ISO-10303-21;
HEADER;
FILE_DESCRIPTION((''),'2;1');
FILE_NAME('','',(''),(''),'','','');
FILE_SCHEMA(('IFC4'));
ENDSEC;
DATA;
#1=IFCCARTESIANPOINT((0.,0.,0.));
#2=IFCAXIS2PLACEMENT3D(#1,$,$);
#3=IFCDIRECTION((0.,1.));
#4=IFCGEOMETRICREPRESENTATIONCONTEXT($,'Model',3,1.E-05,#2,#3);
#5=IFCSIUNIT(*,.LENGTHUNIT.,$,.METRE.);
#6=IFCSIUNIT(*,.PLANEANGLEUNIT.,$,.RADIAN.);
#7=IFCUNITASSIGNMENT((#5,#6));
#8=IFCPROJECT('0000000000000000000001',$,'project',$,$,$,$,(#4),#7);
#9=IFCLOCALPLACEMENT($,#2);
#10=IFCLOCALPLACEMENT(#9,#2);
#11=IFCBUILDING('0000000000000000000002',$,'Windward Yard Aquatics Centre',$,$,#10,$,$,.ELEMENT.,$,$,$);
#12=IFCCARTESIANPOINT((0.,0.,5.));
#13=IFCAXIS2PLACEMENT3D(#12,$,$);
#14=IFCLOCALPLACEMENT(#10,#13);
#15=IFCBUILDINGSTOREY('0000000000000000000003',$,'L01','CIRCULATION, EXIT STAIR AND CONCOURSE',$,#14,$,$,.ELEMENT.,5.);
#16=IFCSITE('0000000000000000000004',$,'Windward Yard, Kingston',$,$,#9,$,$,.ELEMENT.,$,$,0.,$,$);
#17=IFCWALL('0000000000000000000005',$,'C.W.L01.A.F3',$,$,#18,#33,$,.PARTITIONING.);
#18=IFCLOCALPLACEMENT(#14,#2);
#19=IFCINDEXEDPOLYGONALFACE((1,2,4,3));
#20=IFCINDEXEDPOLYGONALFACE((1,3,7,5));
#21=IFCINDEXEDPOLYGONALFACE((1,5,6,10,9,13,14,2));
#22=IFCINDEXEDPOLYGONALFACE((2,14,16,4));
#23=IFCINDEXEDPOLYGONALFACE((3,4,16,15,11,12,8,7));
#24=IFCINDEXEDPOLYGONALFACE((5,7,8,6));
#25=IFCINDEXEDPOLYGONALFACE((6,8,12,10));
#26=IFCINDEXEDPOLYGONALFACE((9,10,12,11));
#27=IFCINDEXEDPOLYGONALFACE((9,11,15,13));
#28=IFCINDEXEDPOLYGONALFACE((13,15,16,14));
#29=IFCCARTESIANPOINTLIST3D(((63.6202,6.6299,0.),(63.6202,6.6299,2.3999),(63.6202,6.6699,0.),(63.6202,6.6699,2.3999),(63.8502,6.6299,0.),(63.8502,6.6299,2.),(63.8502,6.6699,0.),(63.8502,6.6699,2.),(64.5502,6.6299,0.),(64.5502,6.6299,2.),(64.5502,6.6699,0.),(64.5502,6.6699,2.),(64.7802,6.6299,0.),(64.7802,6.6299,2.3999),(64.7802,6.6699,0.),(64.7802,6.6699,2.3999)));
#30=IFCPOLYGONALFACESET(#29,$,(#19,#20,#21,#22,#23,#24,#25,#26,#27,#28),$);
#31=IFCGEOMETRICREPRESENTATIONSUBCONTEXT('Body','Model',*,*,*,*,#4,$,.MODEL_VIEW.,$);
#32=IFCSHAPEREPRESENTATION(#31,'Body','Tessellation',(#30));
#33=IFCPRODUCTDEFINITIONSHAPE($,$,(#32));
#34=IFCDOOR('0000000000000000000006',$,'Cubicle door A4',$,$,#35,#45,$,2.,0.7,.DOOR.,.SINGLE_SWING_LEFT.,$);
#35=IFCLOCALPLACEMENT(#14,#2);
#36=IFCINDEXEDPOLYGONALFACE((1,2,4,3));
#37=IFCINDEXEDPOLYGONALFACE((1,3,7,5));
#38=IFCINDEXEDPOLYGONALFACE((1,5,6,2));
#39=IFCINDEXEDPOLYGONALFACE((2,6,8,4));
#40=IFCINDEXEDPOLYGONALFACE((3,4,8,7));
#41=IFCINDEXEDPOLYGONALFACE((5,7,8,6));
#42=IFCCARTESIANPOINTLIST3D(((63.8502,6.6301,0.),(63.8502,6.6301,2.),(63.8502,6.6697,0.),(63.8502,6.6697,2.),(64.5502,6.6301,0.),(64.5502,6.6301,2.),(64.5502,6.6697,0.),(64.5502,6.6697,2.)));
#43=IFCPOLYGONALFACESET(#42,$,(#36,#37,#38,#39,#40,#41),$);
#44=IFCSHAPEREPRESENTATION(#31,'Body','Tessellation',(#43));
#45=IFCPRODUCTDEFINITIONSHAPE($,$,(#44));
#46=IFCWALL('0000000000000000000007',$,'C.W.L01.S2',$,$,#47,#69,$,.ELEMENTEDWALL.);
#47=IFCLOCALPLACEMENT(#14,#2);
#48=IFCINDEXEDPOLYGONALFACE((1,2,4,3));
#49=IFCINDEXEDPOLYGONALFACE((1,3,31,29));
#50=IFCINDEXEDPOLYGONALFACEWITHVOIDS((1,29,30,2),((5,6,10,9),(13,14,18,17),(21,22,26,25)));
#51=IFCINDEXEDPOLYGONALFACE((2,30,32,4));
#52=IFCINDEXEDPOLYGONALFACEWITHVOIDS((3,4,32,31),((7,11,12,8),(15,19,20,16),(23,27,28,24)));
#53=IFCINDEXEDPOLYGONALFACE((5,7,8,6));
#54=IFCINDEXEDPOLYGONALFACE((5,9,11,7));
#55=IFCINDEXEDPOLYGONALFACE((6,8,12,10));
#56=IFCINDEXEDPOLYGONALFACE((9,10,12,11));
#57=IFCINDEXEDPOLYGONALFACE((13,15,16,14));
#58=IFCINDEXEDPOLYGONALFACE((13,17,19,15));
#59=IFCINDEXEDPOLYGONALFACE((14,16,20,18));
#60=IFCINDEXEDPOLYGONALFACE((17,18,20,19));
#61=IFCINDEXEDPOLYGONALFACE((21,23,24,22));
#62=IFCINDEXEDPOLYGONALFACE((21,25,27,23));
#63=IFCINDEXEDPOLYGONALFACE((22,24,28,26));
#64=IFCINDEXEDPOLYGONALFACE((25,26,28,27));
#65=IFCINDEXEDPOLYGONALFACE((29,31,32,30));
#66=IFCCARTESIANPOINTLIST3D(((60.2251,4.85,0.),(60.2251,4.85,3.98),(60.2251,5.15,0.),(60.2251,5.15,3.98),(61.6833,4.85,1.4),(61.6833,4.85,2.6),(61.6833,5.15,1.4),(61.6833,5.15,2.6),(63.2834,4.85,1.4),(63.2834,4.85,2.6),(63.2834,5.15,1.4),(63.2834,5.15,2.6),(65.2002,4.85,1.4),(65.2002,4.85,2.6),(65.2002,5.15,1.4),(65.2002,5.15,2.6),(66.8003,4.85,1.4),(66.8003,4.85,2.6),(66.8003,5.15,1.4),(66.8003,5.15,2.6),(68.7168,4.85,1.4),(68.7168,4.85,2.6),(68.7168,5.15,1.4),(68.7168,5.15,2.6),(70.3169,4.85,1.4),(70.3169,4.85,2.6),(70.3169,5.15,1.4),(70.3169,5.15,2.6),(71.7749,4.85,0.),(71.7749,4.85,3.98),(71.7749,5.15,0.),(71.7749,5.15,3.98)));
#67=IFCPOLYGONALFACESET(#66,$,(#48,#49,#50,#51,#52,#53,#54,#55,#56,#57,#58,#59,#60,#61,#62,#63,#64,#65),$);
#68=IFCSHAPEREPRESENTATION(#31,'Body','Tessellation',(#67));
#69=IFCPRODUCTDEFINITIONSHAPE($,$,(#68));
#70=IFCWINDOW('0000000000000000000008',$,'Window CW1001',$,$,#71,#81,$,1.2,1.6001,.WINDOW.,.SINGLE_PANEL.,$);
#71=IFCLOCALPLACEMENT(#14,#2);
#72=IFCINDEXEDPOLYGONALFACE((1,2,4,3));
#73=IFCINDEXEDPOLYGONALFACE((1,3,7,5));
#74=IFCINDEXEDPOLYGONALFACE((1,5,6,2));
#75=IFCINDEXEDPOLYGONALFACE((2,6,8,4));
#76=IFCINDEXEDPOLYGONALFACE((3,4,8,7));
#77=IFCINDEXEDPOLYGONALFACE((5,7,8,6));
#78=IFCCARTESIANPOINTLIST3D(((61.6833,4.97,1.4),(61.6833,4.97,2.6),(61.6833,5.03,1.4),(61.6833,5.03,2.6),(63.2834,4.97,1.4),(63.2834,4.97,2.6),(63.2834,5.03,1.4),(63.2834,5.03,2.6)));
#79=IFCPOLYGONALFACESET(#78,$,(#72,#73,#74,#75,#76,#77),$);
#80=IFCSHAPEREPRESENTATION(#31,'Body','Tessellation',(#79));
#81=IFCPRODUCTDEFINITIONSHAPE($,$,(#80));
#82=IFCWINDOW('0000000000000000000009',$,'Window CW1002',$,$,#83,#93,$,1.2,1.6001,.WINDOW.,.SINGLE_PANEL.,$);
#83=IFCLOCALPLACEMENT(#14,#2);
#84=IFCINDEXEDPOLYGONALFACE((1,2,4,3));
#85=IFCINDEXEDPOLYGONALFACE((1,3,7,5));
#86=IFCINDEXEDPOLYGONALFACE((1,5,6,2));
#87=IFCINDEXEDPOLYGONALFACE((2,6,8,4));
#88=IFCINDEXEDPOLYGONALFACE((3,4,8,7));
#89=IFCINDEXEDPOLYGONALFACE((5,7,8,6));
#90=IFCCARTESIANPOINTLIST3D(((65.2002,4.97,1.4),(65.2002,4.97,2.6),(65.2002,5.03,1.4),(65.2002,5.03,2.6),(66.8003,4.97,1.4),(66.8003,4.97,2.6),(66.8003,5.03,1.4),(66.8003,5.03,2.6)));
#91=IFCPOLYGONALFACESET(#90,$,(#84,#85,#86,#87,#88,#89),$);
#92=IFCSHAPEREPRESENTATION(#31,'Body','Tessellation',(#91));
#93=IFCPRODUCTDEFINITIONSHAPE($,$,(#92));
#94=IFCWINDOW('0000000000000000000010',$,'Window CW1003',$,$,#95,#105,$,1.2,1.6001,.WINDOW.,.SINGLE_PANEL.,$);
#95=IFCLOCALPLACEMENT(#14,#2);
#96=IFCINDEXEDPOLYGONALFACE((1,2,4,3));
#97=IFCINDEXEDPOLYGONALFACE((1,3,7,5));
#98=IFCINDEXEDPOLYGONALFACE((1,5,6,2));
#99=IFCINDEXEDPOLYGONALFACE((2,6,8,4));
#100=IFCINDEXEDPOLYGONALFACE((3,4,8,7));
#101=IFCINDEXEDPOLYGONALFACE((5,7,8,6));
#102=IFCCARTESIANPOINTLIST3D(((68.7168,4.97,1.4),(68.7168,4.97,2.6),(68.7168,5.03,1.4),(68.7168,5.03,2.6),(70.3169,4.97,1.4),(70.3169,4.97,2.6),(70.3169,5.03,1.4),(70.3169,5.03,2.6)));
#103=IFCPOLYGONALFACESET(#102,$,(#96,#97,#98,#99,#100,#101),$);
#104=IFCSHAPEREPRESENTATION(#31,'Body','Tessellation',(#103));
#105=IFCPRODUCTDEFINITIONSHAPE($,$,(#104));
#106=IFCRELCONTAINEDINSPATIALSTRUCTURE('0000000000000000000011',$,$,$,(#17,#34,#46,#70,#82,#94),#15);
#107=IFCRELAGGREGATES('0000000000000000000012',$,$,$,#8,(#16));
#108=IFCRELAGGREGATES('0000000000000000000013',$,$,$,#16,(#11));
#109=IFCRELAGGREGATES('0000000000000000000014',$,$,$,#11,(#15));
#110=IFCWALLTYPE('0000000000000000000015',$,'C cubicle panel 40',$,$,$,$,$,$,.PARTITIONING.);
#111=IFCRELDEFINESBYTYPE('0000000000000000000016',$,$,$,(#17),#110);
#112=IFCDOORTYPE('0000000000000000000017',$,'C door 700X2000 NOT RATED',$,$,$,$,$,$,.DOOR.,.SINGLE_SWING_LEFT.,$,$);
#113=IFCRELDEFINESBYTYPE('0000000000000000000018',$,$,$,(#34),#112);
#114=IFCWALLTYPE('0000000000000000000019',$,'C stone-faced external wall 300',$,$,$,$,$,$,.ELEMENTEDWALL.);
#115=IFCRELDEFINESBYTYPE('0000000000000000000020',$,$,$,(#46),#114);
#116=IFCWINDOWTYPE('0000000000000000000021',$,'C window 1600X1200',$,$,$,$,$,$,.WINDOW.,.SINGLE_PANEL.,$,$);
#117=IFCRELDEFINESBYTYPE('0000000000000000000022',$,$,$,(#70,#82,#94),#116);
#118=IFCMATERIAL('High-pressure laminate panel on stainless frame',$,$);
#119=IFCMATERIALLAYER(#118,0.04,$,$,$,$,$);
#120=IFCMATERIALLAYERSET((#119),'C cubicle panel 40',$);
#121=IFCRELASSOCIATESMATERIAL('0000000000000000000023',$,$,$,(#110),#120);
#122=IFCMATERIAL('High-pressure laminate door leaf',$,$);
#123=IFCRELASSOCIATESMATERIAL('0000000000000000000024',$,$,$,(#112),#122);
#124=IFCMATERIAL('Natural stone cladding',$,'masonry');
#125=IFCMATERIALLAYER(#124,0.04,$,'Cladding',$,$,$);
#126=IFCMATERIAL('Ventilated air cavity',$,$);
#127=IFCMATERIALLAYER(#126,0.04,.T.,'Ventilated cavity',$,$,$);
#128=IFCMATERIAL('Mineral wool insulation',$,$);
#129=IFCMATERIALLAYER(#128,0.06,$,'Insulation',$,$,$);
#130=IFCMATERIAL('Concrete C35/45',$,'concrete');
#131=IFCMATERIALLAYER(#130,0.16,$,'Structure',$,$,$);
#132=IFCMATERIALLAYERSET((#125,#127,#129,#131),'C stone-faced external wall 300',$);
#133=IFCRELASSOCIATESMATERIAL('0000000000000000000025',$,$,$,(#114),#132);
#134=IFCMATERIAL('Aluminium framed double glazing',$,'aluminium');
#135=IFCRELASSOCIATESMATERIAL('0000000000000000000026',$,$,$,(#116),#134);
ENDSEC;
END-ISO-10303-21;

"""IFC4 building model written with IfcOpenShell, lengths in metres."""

from ifc_helpers import new_model, si_unit, direction, frame, frame_2d, origin, place, context, subcontext, project, spatial, rectangle, extrude, material, layer, layer_set, type_object, element, fill, save


model = new_model("IFC4")

# Units and contexts
model_context = context("Model", 3, precision=1e-05, world=origin(), true_north=direction((0.0, 1.0)))
body_context = subcontext(model_context, "Body", "Model", "MODEL_VIEW")
ifc_project = project(units=[si_unit("LENGTHUNIT", "METRE"), si_unit("PLANEANGLEUNIT", "RADIAN")], contexts=[model_context])

# Site, building, storey
site_placement = place(None, origin())
site = spatial("IfcSite", under=ifc_project, at=site_placement, Name="Windward Yard, Kingston", CompositionType="ELEMENT", RefElevation=0.0)
building_placement = place(site_placement, origin())
building = spatial("IfcBuilding", under=site, at=building_placement, Name="Windward Yard Aquatics Centre", CompositionType="ELEMENT")
storey_placement = place(building_placement, frame((0.0, 0.0, 5.0)))
storey = spatial("IfcBuildingStorey", under=building, at=storey_placement, Name="L01", Description="CIRCULATION, EXIT STAIR AND CONCOURSE", CompositionType="ELEMENT", Elevation=5.0)

# Shared definitions
ifc_material_1 = material(Name="High-pressure laminate panel on stainless frame")
ifc_layer_1 = layer(ifc_material_1, 0.04)
ifc_layer_set_1 = layer_set([ifc_layer_1], Name="C cubicle panel 40")
wall_type_1 = type_object("IfcWallType", Name="C cubicle panel 40", PredefinedType="PARTITIONING", material=ifc_layer_set_1)

# Wall, opening, door
ifc_material_2 = material(Name="High-pressure laminate door leaf")
door_type = type_object("IfcDoorType", Name="C door 700X2000 NOT RATED", OperationType="SINGLE_SWING_LEFT", PredefinedType="DOOR", material=ifc_material_2)
wall_1_placement = place(storey_placement, frame((63.6201, 6.6499, 0.0), z_axis=(0.0, 0.0, 1.0), x_axis=(1.0, 0.0, 0.0)))
wall_1 = element("IfcWall", 1, at=wall_1_placement, inside=storey, type_object=wall_type_1, Name="C.W.L01.A.F3", PredefinedType="PARTITIONING", context=body_context, shape_type="SweptSolid", body=[
    extrude(rectangle(XDim=1.1599, YDim=0.04, at=frame_2d((0.5801, 0.0))), origin(), (0.0, 0.0, 1.0), 2.3999),
])
opening_1_placement = place(wall_1_placement, frame((0.23, 0.0, 0.0)))
opening_1 = element("IfcOpeningElement", 2, at=opening_1_placement, cuts=wall_1, PredefinedType="OPENING", context=body_context, shape_type="SweptSolid", body=[
    extrude(rectangle(XDim=0.7, YDim=2.0, at=frame_2d((0.3501, 1.0))), frame((0.0, 0.03, 0.0), z_axis=(0.0, -1.0, 0.0), x_axis=(1.0, 0.0, 0.0)), (0.0, 0.0, 1.0), 0.0601),
])
door_1_placement = place(opening_1_placement, origin())
door_1 = element("IfcDoor", 3, at=door_1_placement, inside=storey, type_object=door_type, Name="Cubicle door A4", OperationType="SINGLE_SWING_LEFT", OverallHeight=2.0, OverallWidth=0.7, PredefinedType="DOOR", context=body_context, shape_type="SweptSolid", body=[
    extrude(rectangle(XDim=0.7, YDim=2.0, at=frame_2d((0.3501, 1.0))), frame((0.0, 0.0198, 0.0), z_axis=(0.0, -1.0, 0.0), x_axis=(1.0, 0.0, 0.0)), (0.0, 0.0, 1.0), 0.0396),
])
fill(opening_1, door_1)

# Wall, openings, windows
ifc_material_3 = material(Name="Natural stone cladding", Category="masonry")
ifc_layer_2 = layer(ifc_material_3, 0.04, Name="Cladding")
ifc_material_4 = material(Name="Ventilated air cavity")
ifc_layer_3 = layer(ifc_material_4, 0.04, ventilated=True, Name="Ventilated cavity")
ifc_material_5 = material(Name="Mineral wool insulation")
ifc_layer_4 = layer(ifc_material_5, 0.06, Name="Insulation")
ifc_material_6 = material(Name="Concrete C35/45", Category="concrete")
ifc_layer_5 = layer(ifc_material_6, 0.16, Name="Structure")
ifc_layer_set_2 = layer_set([ifc_layer_2, ifc_layer_3, ifc_layer_4, ifc_layer_5], Name="C stone-faced external wall 300")
wall_type_2 = type_object("IfcWallType", Name="C stone-faced external wall 300", PredefinedType="ELEMENTEDWALL", material=ifc_layer_set_2)
wall_2_placement = place(storey_placement, frame((60.2251, 5.0, 0.0), z_axis=(0.0, 0.0, 1.0), x_axis=(1.0, 0.0, 0.0)))
wall_2 = element("IfcWall", 4, at=wall_2_placement, inside=storey, type_object=wall_type_2, Name="C.W.L01.S2", PredefinedType="ELEMENTEDWALL", context=body_context, shape_type="SweptSolid", body=[
    extrude(rectangle(XDim=11.5498, YDim=0.3, at=frame_2d((5.7749, 0.0))), origin(), (0.0, 0.0, 1.0), 3.98),
])
opening_2_placement = place(wall_2_placement, frame((1.4583, 0.0, 1.3999)))
opening_2 = element("IfcOpeningElement", 5, at=opening_2_placement, cuts=wall_2, PredefinedType="OPENING", context=body_context, shape_type="SweptSolid", body=[
    extrude(rectangle(XDim=1.6001, YDim=1.2, at=frame_2d((0.8, 0.6001))), frame((0.0, 0.1602, 0.0), z_axis=(0.0, -1.0, 0.0), x_axis=(1.0, 0.0, 0.0)), (0.0, 0.0, 1.0), 0.3201),
])
opening_3_placement = place(wall_2_placement, frame((4.9751, 0.0, 1.3999)))
opening_3 = element("IfcOpeningElement", 6, at=opening_3_placement, cuts=wall_2, PredefinedType="OPENING", context=body_context, shape_type="SweptSolid", body=[
    extrude(rectangle(XDim=1.6001, YDim=1.2, at=frame_2d((0.8, 0.6001))), frame((0.0, 0.1602, 0.0), z_axis=(0.0, -1.0, 0.0), x_axis=(1.0, 0.0, 0.0)), (0.0, 0.0, 1.0), 0.3201),
])
opening_4_placement = place(wall_2_placement, frame((8.4917, 0.0, 1.3999)))
opening_4 = element("IfcOpeningElement", 7, at=opening_4_placement, cuts=wall_2, PredefinedType="OPENING", context=body_context, shape_type="SweptSolid", body=[
    extrude(rectangle(XDim=1.6001, YDim=1.2, at=frame_2d((0.8, 0.6001))), frame((0.0, 0.1602, 0.0), z_axis=(0.0, -1.0, 0.0), x_axis=(1.0, 0.0, 0.0)), (0.0, 0.0, 1.0), 0.3201),
])
ifc_material_7 = material(Name="Aluminium framed double glazing", Category="aluminium")
window_type = type_object("IfcWindowType", Name="C window 1600X1200", PartitioningType="SINGLE_PANEL", PredefinedType="WINDOW", material=ifc_material_7)
window_1_placement = place(opening_2_placement, origin())
window_1 = element("IfcWindow", 8, at=window_1_placement, inside=storey, type_object=window_type, Name="Window CW1001", OverallHeight=1.2, OverallWidth=1.6001, PartitioningType="SINGLE_PANEL", PredefinedType="WINDOW", context=body_context, shape_type="SweptSolid", body=[
    extrude(rectangle(XDim=1.6001, YDim=1.2, at=frame_2d((0.8, 0.6001))), frame((0.0, 0.03, 0.0), z_axis=(0.0, -1.0, 0.0), x_axis=(1.0, 0.0, 0.0)), (0.0, 0.0, 1.0), 0.0601),
])
fill(opening_2, window_1)
window_2_placement = place(opening_3_placement, origin())
window_2 = element("IfcWindow", 9, at=window_2_placement, inside=storey, type_object=window_type, Name="Window CW1002", OverallHeight=1.2, OverallWidth=1.6001, PartitioningType="SINGLE_PANEL", PredefinedType="WINDOW", context=body_context, shape_type="SweptSolid", body=[
    extrude(rectangle(XDim=1.6001, YDim=1.2, at=frame_2d((0.8, 0.6001))), frame((0.0, 0.03, 0.0), z_axis=(0.0, -1.0, 0.0), x_axis=(1.0, 0.0, 0.0)), (0.0, 0.0, 1.0), 0.0601),
])
fill(opening_3, window_2)
window_3_placement = place(opening_4_placement, origin())
window_3 = element("IfcWindow", 10, at=window_3_placement, inside=storey, type_object=window_type, Name="Window CW1003", OverallHeight=1.2, OverallWidth=1.6001, PartitioningType="SINGLE_PANEL", PredefinedType="WINDOW", context=body_context, shape_type="SweptSolid", body=[
    extrude(rectangle(XDim=1.6001, YDim=1.2, at=frame_2d((0.8, 0.6001))), frame((0.0, 0.03, 0.0), z_axis=(0.0, -1.0, 0.0), x_axis=(1.0, 0.0, 0.0)), (0.0, 0.0, 1.0), 0.0601),
])
fill(opening_4, window_3)

save(model, "model.ifc")
